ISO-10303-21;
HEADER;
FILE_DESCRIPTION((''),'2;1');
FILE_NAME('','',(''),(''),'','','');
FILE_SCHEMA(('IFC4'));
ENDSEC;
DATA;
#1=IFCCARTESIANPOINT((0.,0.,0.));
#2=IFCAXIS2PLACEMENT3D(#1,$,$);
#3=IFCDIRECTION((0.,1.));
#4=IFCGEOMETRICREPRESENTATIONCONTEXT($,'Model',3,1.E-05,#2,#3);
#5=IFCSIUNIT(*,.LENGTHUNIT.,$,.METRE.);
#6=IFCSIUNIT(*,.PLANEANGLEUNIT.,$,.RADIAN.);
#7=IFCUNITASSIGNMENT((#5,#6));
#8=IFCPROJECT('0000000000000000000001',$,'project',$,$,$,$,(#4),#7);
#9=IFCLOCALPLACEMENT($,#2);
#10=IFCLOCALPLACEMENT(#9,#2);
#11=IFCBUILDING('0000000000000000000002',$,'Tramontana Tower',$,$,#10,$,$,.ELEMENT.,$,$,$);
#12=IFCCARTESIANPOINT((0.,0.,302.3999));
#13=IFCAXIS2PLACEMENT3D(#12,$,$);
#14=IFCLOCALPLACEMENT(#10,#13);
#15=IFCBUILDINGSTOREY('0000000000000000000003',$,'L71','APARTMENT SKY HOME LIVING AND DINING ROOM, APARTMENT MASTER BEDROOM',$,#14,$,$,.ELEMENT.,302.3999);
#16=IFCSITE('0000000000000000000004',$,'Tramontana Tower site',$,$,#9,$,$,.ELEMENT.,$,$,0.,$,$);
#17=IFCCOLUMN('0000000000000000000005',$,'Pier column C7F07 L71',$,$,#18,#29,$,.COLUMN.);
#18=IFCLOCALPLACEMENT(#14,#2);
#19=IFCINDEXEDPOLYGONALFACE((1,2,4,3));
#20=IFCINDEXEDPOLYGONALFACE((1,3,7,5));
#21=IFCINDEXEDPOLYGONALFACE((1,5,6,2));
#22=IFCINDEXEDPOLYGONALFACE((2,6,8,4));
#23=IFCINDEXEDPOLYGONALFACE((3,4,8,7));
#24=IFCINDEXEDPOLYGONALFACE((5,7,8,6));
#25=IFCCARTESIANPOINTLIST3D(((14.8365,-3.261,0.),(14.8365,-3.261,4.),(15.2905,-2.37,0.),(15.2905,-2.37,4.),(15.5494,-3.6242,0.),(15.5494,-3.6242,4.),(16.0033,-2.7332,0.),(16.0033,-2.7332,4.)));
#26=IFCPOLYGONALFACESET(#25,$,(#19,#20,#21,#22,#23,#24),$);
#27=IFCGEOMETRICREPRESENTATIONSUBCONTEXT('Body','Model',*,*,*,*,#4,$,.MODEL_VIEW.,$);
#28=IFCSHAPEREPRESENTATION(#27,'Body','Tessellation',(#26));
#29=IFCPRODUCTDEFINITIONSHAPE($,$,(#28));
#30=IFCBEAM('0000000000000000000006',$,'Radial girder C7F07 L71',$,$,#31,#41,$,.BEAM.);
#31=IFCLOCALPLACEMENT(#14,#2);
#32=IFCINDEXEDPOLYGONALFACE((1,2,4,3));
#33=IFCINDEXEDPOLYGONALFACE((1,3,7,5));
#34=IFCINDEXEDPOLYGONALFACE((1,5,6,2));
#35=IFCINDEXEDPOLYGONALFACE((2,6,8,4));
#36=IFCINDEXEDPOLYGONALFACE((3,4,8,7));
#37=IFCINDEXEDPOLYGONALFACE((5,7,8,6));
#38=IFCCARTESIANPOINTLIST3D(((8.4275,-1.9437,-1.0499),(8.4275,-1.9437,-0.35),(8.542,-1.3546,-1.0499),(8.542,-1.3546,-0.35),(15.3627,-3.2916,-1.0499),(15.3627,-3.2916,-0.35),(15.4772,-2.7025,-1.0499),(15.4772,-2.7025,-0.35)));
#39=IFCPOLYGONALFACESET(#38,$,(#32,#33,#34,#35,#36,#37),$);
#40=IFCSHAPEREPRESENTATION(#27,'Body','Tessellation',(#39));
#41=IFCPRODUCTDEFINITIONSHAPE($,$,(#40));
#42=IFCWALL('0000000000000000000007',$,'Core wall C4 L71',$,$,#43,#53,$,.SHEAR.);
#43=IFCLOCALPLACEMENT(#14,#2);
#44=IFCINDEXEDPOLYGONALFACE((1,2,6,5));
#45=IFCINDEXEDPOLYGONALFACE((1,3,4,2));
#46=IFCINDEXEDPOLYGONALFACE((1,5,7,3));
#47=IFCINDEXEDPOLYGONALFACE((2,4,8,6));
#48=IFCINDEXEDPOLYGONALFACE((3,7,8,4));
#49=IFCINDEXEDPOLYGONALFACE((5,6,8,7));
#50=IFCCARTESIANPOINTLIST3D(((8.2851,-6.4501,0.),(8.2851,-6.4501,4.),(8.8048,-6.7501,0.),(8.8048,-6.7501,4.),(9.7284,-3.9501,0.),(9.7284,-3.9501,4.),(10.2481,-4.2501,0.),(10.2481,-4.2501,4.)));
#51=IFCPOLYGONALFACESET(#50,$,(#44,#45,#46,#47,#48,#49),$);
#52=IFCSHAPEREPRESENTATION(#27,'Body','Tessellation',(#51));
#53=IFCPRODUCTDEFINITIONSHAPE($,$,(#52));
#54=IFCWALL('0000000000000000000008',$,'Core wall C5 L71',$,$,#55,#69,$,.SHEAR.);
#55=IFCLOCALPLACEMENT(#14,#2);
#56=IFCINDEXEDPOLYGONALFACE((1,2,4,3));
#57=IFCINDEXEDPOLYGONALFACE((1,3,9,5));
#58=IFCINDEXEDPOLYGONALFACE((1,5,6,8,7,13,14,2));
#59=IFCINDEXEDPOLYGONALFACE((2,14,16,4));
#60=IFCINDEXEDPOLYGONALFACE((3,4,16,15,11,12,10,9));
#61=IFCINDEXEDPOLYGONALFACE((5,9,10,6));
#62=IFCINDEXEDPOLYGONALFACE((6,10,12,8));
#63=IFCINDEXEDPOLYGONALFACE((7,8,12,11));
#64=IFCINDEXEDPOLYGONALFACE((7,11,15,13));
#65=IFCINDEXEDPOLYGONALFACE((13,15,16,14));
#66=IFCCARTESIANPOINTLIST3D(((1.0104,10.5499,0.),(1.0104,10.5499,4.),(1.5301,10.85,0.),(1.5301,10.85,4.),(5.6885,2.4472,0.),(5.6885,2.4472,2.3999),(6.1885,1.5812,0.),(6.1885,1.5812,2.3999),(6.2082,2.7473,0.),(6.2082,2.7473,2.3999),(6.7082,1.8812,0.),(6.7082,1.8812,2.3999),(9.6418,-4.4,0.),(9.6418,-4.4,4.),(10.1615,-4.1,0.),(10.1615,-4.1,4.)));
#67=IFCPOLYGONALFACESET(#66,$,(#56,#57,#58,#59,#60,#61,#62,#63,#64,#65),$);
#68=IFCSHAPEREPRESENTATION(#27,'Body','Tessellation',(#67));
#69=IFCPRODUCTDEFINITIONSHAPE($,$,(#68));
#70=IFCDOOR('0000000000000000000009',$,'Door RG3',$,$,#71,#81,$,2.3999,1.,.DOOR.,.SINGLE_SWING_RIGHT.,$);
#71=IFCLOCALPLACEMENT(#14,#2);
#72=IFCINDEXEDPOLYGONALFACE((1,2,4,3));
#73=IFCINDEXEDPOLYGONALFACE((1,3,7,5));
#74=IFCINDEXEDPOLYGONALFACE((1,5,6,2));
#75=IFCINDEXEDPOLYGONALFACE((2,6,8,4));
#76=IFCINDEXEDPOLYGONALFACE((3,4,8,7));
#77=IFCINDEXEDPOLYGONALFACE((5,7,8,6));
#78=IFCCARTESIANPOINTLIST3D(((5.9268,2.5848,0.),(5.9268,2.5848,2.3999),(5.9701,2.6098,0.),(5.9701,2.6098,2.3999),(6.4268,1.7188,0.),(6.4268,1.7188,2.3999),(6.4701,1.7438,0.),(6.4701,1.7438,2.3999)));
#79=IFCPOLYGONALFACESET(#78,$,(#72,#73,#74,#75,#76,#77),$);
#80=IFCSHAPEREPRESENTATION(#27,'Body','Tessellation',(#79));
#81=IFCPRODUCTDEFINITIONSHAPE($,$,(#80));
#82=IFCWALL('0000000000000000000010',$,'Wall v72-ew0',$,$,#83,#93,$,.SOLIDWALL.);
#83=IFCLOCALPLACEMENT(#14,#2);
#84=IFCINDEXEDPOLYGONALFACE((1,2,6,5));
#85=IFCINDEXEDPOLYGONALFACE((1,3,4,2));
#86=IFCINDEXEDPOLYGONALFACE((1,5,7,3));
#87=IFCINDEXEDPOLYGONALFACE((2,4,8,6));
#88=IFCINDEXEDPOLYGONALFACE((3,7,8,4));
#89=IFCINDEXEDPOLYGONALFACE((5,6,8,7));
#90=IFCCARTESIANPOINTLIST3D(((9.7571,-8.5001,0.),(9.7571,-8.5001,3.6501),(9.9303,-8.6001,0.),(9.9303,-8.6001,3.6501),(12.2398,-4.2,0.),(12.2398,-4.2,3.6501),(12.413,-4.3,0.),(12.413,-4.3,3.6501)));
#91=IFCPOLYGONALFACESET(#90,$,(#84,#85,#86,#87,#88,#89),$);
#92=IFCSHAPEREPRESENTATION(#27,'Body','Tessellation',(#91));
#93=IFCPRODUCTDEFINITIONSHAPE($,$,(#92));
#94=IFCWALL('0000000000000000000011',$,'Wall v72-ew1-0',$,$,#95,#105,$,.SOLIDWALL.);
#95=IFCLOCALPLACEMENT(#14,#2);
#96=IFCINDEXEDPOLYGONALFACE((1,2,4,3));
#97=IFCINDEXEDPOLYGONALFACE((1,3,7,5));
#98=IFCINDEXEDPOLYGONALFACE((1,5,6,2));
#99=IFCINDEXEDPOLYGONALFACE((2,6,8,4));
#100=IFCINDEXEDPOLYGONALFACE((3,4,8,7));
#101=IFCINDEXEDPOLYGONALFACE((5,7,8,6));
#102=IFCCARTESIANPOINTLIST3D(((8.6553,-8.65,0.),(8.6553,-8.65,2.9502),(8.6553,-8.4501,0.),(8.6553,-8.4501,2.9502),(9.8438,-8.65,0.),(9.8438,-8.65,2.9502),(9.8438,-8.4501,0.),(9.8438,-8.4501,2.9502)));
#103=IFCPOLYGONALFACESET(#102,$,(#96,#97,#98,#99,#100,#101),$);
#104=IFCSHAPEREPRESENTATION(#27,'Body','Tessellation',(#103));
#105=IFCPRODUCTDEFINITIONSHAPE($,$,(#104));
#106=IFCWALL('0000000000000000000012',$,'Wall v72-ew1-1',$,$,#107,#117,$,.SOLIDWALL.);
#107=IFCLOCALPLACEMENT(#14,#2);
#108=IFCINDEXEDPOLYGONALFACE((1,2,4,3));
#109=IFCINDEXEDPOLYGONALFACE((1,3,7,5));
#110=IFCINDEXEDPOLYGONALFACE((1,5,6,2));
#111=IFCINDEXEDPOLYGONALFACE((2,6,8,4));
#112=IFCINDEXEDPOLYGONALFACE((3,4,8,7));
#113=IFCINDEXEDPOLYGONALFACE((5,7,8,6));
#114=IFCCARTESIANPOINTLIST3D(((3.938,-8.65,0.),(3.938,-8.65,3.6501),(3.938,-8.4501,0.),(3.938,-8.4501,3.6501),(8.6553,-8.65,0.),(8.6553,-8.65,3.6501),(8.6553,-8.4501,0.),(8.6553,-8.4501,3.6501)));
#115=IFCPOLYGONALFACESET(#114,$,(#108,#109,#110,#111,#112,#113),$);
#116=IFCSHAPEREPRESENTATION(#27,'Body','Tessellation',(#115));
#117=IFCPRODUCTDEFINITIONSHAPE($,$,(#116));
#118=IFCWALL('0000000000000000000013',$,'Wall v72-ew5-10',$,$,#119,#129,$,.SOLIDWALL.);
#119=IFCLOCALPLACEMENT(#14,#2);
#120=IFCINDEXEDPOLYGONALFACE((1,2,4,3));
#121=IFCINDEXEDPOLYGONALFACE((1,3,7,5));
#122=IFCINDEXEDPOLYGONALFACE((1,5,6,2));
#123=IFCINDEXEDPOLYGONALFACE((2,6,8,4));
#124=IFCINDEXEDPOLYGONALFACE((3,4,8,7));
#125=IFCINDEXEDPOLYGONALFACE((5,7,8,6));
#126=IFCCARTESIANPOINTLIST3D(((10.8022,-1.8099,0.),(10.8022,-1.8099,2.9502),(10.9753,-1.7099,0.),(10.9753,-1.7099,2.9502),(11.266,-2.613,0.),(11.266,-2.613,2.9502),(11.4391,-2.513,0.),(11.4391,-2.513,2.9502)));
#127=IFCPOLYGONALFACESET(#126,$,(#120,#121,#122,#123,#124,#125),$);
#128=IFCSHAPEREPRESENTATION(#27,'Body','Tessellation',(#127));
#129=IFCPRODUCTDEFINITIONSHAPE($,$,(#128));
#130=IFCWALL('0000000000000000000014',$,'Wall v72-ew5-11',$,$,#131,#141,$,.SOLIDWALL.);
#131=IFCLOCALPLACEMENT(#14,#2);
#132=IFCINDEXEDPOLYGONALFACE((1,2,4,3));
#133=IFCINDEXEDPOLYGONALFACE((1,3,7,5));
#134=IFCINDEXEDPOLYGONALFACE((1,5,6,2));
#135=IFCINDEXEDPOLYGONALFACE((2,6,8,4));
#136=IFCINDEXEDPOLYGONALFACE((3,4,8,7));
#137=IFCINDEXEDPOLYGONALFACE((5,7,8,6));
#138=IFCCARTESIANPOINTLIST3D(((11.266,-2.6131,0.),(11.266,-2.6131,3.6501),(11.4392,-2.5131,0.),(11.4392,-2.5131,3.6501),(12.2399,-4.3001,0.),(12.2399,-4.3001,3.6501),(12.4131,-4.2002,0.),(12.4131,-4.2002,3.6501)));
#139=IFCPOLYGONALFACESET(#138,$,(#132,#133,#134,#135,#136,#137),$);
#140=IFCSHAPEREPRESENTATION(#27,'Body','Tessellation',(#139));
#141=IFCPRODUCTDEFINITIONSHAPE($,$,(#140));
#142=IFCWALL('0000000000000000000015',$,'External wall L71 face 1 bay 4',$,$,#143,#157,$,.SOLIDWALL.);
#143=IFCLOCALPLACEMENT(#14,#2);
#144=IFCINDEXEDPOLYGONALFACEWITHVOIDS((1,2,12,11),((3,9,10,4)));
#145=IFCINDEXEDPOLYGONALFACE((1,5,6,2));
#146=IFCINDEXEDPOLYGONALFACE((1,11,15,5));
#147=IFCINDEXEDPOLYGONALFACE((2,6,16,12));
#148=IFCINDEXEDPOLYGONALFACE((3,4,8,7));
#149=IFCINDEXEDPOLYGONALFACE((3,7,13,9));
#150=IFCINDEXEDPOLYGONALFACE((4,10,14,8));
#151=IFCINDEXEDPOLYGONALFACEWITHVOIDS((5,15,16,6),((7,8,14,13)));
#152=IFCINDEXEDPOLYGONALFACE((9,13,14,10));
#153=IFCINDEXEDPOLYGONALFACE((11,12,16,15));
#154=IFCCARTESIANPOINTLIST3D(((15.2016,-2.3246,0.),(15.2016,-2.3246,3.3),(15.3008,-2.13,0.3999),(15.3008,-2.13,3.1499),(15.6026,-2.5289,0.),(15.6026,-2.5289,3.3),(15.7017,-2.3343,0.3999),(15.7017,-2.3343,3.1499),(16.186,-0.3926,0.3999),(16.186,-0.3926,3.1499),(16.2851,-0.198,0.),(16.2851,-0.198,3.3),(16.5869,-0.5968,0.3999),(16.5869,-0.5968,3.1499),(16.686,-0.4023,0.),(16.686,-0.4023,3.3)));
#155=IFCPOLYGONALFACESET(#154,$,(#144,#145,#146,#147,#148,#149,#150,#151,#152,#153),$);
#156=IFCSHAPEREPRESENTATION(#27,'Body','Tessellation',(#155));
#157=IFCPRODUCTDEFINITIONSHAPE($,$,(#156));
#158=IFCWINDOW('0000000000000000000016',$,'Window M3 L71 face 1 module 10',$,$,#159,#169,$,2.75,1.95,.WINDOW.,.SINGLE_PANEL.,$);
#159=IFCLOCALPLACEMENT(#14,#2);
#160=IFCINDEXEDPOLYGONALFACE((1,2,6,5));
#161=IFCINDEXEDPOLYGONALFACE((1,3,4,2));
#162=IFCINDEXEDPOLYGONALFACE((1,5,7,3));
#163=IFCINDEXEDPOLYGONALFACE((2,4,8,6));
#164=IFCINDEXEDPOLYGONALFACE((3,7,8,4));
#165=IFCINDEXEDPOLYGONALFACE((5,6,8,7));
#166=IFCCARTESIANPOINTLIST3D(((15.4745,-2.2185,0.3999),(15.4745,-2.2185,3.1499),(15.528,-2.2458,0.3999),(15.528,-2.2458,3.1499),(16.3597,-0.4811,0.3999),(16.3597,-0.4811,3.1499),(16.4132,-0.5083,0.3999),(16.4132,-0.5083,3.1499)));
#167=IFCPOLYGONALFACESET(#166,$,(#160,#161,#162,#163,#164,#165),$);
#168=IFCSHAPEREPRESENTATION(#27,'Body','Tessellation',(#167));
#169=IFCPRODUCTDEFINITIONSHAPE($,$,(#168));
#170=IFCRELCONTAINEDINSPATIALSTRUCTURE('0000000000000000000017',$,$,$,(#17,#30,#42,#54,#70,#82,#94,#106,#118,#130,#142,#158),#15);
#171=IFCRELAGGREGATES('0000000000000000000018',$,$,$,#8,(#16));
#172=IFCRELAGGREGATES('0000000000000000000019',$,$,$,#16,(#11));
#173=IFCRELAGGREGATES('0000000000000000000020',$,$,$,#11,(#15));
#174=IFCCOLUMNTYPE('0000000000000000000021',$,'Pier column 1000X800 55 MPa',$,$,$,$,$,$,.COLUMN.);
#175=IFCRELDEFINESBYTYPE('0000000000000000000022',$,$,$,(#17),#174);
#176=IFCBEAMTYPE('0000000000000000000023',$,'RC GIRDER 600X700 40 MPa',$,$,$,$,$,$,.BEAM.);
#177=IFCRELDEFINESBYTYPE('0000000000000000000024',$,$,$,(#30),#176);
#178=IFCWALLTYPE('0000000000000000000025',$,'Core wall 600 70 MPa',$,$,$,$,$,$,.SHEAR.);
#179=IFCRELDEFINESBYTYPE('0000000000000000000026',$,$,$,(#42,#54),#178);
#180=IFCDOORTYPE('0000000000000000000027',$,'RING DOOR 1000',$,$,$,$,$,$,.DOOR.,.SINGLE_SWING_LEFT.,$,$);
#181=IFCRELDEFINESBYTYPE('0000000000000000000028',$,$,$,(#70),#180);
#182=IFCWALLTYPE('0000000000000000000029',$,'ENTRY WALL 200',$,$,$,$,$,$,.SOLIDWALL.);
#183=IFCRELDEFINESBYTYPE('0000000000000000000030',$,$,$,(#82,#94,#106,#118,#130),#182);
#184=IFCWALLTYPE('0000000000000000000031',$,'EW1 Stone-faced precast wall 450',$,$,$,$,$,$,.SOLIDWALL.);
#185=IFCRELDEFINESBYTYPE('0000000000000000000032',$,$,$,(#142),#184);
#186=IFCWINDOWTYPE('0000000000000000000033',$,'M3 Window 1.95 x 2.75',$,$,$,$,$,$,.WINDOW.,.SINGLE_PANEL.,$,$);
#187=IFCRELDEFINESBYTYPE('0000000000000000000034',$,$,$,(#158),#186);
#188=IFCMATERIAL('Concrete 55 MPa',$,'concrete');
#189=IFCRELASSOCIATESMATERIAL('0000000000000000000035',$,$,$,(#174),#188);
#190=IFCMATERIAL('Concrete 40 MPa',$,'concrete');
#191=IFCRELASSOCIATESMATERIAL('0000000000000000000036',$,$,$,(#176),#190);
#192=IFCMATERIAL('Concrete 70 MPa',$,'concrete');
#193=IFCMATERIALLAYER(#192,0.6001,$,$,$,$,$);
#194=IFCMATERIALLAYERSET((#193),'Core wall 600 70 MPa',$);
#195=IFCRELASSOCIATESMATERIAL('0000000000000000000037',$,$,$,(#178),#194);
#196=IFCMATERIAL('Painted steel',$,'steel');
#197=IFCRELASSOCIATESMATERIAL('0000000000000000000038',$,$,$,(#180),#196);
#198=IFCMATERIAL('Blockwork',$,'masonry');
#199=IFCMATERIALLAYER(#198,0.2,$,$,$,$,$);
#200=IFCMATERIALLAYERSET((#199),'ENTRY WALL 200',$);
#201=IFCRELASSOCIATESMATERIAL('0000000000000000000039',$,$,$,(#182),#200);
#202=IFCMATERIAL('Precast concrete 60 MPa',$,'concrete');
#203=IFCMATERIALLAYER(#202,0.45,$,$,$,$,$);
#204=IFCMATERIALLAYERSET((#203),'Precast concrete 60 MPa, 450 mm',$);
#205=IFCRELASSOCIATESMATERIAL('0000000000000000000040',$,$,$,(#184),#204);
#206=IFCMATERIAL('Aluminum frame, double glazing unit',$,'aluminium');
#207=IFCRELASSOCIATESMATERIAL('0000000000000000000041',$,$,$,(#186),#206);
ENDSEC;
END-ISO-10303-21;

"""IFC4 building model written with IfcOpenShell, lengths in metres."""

from ifc_helpers import new_model, si_unit, direction, frame, frame_2d, origin, origin_2d, place, context, subcontext, project, spatial, rectangle, extrude, material, layer, layer_set, material_profile, profile_set, type_object, element, fill, save


model = new_model("IFC4")

# Units and contexts
model_context = context("Model", 3, precision=1e-05, world=origin(), true_north=direction((0.0, 1.0)))
body_context = subcontext(model_context, "Body", "Model", "MODEL_VIEW")
ifc_project = project(units=[si_unit("LENGTHUNIT", "METRE"), si_unit("PLANEANGLEUNIT", "RADIAN")], contexts=[model_context])

# Site, building, storey
site_placement = place(None, origin())
site = spatial("IfcSite", under=ifc_project, at=site_placement, Name="Tramontana Tower site", CompositionType="ELEMENT", RefElevation=0.0)
building_placement = place(site_placement, origin())
building = spatial("IfcBuilding", under=site, at=building_placement, Name="Tramontana Tower", CompositionType="ELEMENT")
storey_placement = place(building_placement, frame((0.0, 0.0, 302.3999)))
storey = spatial("IfcBuildingStorey", under=building, at=storey_placement, Name="L71", Description="APARTMENT SKY HOME LIVING AND DINING ROOM, APARTMENT MASTER BEDROOM", CompositionType="ELEMENT", Elevation=302.3999)

# Column
ifc_material_1 = material(Name="Concrete 55 MPa", Category="concrete")
ifc_material_profile_1 = material_profile(ifc_material_1, rectangle(XDim=1.0, YDim=0.8, at=origin_2d()), Name="Pier column 1000X800 55 MPa")
ifc_profile_set_1 = profile_set([ifc_material_profile_1], Name="Concrete 55 MPa")
column_type = type_object("IfcColumnType", Name="Pier column 1000X800 55 MPa", PredefinedType="COLUMN", material=ifc_profile_set_1)
column_placement = place(storey_placement, frame((15.4199, -2.9971, 0.0), z_axis=(0.0, 0.0, 1.0), x_axis=(0.45399, 0.891007, 0.0)))
element("IfcColumn", 1, at=column_placement, inside=storey, type_object=column_type, Name="Pier column C7F07 L71", PredefinedType="COLUMN", context=body_context, shape_type="SweptSolid", body=[
    extrude(rectangle(XDim=1.0, YDim=0.8, at=origin_2d()), origin(), (0.0, 0.0, 1.0), 4.0),
])

# Beam
ifc_material_2 = material(Name="Concrete 40 MPa", Category="concrete")
ifc_material_profile_2 = material_profile(ifc_material_2, rectangle(XDim=0.6001, YDim=0.7, at=origin_2d()), Name="RC GIRDER 600X700 40 MPa")
ifc_profile_set_2 = profile_set([ifc_material_profile_2], Name="Concrete 40 MPa")
beam_type = type_object("IfcBeamType", Name="RC GIRDER 600X700 40 MPa", PredefinedType="BEAM", material=ifc_profile_set_2)
beam_placement = place(storey_placement, frame((15.4199, -2.9971, -0.7), z_axis=(-0.981631, 0.19079, 0.0), x_axis=(-0.19079, -0.981631, 0.0)))
element("IfcBeam", 2, at=beam_placement, inside=storey, type_object=beam_type, Name="Radial girder C7F07 L71", PredefinedType="BEAM", context=body_context, shape_type="SweptSolid", body=[
    extrude(rectangle(XDim=0.6001, YDim=0.7, at=origin_2d()), origin(), (0.0, 0.0, 1.0), 7.0649),
])

# Wall
ifc_material_3 = material(Name="Concrete 70 MPa", Category="concrete")
ifc_layer_1 = layer(ifc_material_3, 0.6001)
ifc_layer_set_1 = layer_set([ifc_layer_1], Name="Core wall 600 70 MPa")
wall_type_1 = type_object("IfcWallType", Name="Core wall 600 70 MPa", PredefinedType="SHEAR", material=ifc_layer_set_1)
wall_1_placement = place(storey_placement, frame((8.5449, -6.6001, 0.0), z_axis=(0.0, 0.0, 1.0), x_axis=(0.499996, 0.866028, 0.0)))
element("IfcWall", 3, at=wall_1_placement, inside=storey, type_object=wall_type_1, Name="Core wall C4 L71", PredefinedType="SHEAR", context=body_context, shape_type="SweptSolid", body=[
    extrude(rectangle(XDim=2.8867, YDim=0.6001, at=frame_2d((1.4434, 0.0))), origin(), (0.0, 0.0, 1.0), 4.0),
])

# Wall, opening, door
wall_2_placement = place(storey_placement, frame((9.9016, -4.25, 0.0), z_axis=(0.0, 0.0, 1.0), x_axis=(-0.5, 0.866026, 0.0)))
wall_2 = element("IfcWall", 4, at=wall_2_placement, inside=storey, type_object=wall_type_1, Name="Core wall C5 L71", PredefinedType="SHEAR", context=body_context, shape_type="SweptSolid", body=[
    extrude(rectangle(XDim=17.2627, YDim=0.6001, at=frame_2d((8.6313, 0.0))), origin(), (0.0, 0.0, 1.0), 4.0),
])
opening_1_placement = place(wall_2_placement, frame((6.9065, 0.0, 0.0)))
opening_1 = element("IfcOpeningElement", 5, at=opening_1_placement, cuts=wall_2, PredefinedType="OPENING", context=body_context, shape_type="SweptSolid", body=[
    extrude(rectangle(XDim=1.0, YDim=2.3999, at=frame_2d((0.5, 1.2))), frame((0.0, 0.3101, 0.0), z_axis=(0.0, -1.0, 0.0), x_axis=(1.0, 0.0, 0.0)), (0.0, 0.0, 1.0), 0.6201),
])
ifc_material_4 = material(Name="Painted steel", Category="steel")
door_type_1 = type_object("IfcDoorType", Name="RING DOOR 1000", OperationType="SINGLE_SWING_LEFT", PredefinedType="DOOR", material=ifc_material_4)
door_1_placement = place(opening_1_placement, origin())
door_1 = element("IfcDoor", 6, at=door_1_placement, inside=storey, type_object=door_type_1, Name="Door RG3", OperationType="SINGLE_SWING_RIGHT", OverallHeight=2.3999, OverallWidth=1.0, PredefinedType="DOOR", context=body_context, shape_type="SweptSolid", body=[
    extrude(rectangle(XDim=1.0, YDim=2.3999, at=frame_2d((0.5, 1.2))), frame((0.0, 0.0249, 0.0), z_axis=(0.0, -1.0, 0.0), x_axis=(1.0, 0.0, 0.0)), (0.0, 0.0, 1.0), 0.05),
])
fill(opening_1, door_1)

# Walls
ifc_material_5 = material(Name="Blockwork", Category="masonry")
ifc_layer_2 = layer(ifc_material_5, 0.2)
ifc_layer_set_2 = layer_set([ifc_layer_2], Name="ENTRY WALL 200")
wall_type_2 = type_object("IfcWallType", Name="ENTRY WALL 200", PredefinedType="SOLIDWALL", material=ifc_layer_set_2)
wall_3_placement = place(storey_placement, frame((12.3264, -4.25, 0.0), z_axis=(0.0, 0.0, 1.0), x_axis=(-0.500005, -0.866023, 0.0)))
element("IfcWall", 7, at=wall_3_placement, inside=storey, type_object=wall_type_2, Name="Wall v72-ew0", PredefinedType="SOLIDWALL", context=body_context, shape_type="SweptSolid", body=[
    extrude(rectangle(XDim=4.9653, YDim=0.2, at=frame_2d((2.4827, 0.0))), origin(), (0.0, 0.0, 1.0), 3.6501),
])
wall_4_placement = place(storey_placement, frame((9.8438, -8.55, 0.0), z_axis=(0.0, 0.0, 1.0), x_axis=(-1.0, 0.0, 0.0)))
element("IfcWall", 8, at=wall_4_placement, inside=storey, type_object=wall_type_2, Name="Wall v72-ew1-0", PredefinedType="SOLIDWALL", context=body_context, shape_type="SweptSolid", body=[
    extrude(rectangle(XDim=1.1885, YDim=0.2, at=frame_2d((0.5942, 0.0))), origin(), (0.0, 0.0, 1.0), 2.9502),
])
wall_5_placement = place(storey_placement, frame((8.6553, -8.55, 0.0), z_axis=(0.0, 0.0, 1.0), x_axis=(-1.0, 0.0, 0.0)))
element("IfcWall", 9, at=wall_5_placement, inside=storey, type_object=wall_type_2, Name="Wall v72-ew1-1", PredefinedType="SOLIDWALL", context=body_context, shape_type="SweptSolid", body=[
    extrude(rectangle(XDim=4.7173, YDim=0.2, at=frame_2d((2.3586, 0.0))), origin(), (0.0, 0.0, 1.0), 3.6501),
])
wall_6_placement = place(storey_placement, frame((10.8887, -1.7598, 0.0), z_axis=(0.0, 0.0, 1.0), x_axis=(0.500102, -0.865966, 0.0)))
element("IfcWall", 10, at=wall_6_placement, inside=storey, type_object=wall_type_2, Name="Wall v72-ew5-10", PredefinedType="SOLIDWALL", context=body_context, shape_type="SweptSolid", body=[
    extrude(rectangle(XDim=0.9275, YDim=0.2, at=frame_2d((0.4639, 0.0))), origin(), (0.0, 0.0, 1.0), 2.9502),
])
wall_7_placement = place(storey_placement, frame((11.3525, -2.563, 0.0), z_axis=(0.0, 0.0, 1.0), x_axis=(0.499954, -0.866052, 0.0)))
element("IfcWall", 11, at=wall_7_placement, inside=storey, type_object=wall_type_2, Name="Wall v72-ew5-11", PredefinedType="SOLIDWALL", context=body_context, shape_type="SweptSolid", body=[
    extrude(rectangle(XDim=1.948, YDim=0.2, at=frame_2d((0.9741, 0.0))), origin(), (0.0, 0.0, 1.0), 3.6501),
])

# Wall, opening, window
ifc_material_6 = material(Name="Precast concrete 60 MPa", Category="concrete")
ifc_layer_3 = layer(ifc_material_6, 0.45)
ifc_layer_set_3 = layer_set([ifc_layer_3], Name="Precast concrete 60 MPa, 450 mm")
wall_type_3 = type_object("IfcWallType", Name="EW1 Stone-faced precast wall 450", PredefinedType="SOLIDWALL", material=ifc_layer_set_3)
wall_8_placement = place(storey_placement, frame((15.4021, -2.4268, 0.0), z_axis=(0.0, 0.0, 1.0), x_axis=(0.453952, 0.891026, 0.0)))
wall_8 = element("IfcWall", 12, at=wall_8_placement, inside=storey, type_object=wall_type_3, Name="External wall L71 face 1 bay 4", PredefinedType="SOLIDWALL", context=body_context, shape_type="SweptSolid", body=[
    extrude(rectangle(XDim=2.3867, YDim=0.45, at=frame_2d((1.1934, 0.0))), origin(), (0.0, 0.0, 1.0), 3.3),
])
opening_2_placement = place(wall_8_placement, frame((0.2183, 0.0, 0.3999)))
opening_2 = element("IfcOpeningElement", 13, at=opening_2_placement, cuts=wall_8, PredefinedType="OPENING", context=body_context, shape_type="SweptSolid", body=[
    extrude(rectangle(XDim=1.95, YDim=2.75, at=frame_2d((0.9751, 1.375))), frame((0.0, 0.2349, 0.0), z_axis=(0.0, -1.0, 0.0), x_axis=(1.0, 0.0, 0.0)), (0.0, 0.0, 1.0), 0.47),
])
ifc_material_7 = material(Name="Aluminum frame, double glazing unit", Category="aluminium")
window_type = type_object("IfcWindowType", Name="M3 Window 1.95 x 2.75", PartitioningType="SINGLE_PANEL", PredefinedType="WINDOW", material=ifc_material_7)
window_placement = place(opening_2_placement, origin())
window = element("IfcWindow", 14, at=window_placement, inside=storey, type_object=window_type, Name="Window M3 L71 face 1 module 10", OverallHeight=2.75, OverallWidth=1.95, PartitioningType="SINGLE_PANEL", PredefinedType="WINDOW", context=body_context, shape_type="SweptSolid", body=[
    extrude(rectangle(XDim=1.95, YDim=2.75, at=frame_2d((0.9751, 1.375))), frame((0.0, 0.03, 0.0), z_axis=(0.0, -1.0, 0.0), x_axis=(1.0, 0.0, 0.0)), (0.0, 0.0, 1.0), 0.0601),
])
fill(opening_2, window)

save(model, "model.ifc")
